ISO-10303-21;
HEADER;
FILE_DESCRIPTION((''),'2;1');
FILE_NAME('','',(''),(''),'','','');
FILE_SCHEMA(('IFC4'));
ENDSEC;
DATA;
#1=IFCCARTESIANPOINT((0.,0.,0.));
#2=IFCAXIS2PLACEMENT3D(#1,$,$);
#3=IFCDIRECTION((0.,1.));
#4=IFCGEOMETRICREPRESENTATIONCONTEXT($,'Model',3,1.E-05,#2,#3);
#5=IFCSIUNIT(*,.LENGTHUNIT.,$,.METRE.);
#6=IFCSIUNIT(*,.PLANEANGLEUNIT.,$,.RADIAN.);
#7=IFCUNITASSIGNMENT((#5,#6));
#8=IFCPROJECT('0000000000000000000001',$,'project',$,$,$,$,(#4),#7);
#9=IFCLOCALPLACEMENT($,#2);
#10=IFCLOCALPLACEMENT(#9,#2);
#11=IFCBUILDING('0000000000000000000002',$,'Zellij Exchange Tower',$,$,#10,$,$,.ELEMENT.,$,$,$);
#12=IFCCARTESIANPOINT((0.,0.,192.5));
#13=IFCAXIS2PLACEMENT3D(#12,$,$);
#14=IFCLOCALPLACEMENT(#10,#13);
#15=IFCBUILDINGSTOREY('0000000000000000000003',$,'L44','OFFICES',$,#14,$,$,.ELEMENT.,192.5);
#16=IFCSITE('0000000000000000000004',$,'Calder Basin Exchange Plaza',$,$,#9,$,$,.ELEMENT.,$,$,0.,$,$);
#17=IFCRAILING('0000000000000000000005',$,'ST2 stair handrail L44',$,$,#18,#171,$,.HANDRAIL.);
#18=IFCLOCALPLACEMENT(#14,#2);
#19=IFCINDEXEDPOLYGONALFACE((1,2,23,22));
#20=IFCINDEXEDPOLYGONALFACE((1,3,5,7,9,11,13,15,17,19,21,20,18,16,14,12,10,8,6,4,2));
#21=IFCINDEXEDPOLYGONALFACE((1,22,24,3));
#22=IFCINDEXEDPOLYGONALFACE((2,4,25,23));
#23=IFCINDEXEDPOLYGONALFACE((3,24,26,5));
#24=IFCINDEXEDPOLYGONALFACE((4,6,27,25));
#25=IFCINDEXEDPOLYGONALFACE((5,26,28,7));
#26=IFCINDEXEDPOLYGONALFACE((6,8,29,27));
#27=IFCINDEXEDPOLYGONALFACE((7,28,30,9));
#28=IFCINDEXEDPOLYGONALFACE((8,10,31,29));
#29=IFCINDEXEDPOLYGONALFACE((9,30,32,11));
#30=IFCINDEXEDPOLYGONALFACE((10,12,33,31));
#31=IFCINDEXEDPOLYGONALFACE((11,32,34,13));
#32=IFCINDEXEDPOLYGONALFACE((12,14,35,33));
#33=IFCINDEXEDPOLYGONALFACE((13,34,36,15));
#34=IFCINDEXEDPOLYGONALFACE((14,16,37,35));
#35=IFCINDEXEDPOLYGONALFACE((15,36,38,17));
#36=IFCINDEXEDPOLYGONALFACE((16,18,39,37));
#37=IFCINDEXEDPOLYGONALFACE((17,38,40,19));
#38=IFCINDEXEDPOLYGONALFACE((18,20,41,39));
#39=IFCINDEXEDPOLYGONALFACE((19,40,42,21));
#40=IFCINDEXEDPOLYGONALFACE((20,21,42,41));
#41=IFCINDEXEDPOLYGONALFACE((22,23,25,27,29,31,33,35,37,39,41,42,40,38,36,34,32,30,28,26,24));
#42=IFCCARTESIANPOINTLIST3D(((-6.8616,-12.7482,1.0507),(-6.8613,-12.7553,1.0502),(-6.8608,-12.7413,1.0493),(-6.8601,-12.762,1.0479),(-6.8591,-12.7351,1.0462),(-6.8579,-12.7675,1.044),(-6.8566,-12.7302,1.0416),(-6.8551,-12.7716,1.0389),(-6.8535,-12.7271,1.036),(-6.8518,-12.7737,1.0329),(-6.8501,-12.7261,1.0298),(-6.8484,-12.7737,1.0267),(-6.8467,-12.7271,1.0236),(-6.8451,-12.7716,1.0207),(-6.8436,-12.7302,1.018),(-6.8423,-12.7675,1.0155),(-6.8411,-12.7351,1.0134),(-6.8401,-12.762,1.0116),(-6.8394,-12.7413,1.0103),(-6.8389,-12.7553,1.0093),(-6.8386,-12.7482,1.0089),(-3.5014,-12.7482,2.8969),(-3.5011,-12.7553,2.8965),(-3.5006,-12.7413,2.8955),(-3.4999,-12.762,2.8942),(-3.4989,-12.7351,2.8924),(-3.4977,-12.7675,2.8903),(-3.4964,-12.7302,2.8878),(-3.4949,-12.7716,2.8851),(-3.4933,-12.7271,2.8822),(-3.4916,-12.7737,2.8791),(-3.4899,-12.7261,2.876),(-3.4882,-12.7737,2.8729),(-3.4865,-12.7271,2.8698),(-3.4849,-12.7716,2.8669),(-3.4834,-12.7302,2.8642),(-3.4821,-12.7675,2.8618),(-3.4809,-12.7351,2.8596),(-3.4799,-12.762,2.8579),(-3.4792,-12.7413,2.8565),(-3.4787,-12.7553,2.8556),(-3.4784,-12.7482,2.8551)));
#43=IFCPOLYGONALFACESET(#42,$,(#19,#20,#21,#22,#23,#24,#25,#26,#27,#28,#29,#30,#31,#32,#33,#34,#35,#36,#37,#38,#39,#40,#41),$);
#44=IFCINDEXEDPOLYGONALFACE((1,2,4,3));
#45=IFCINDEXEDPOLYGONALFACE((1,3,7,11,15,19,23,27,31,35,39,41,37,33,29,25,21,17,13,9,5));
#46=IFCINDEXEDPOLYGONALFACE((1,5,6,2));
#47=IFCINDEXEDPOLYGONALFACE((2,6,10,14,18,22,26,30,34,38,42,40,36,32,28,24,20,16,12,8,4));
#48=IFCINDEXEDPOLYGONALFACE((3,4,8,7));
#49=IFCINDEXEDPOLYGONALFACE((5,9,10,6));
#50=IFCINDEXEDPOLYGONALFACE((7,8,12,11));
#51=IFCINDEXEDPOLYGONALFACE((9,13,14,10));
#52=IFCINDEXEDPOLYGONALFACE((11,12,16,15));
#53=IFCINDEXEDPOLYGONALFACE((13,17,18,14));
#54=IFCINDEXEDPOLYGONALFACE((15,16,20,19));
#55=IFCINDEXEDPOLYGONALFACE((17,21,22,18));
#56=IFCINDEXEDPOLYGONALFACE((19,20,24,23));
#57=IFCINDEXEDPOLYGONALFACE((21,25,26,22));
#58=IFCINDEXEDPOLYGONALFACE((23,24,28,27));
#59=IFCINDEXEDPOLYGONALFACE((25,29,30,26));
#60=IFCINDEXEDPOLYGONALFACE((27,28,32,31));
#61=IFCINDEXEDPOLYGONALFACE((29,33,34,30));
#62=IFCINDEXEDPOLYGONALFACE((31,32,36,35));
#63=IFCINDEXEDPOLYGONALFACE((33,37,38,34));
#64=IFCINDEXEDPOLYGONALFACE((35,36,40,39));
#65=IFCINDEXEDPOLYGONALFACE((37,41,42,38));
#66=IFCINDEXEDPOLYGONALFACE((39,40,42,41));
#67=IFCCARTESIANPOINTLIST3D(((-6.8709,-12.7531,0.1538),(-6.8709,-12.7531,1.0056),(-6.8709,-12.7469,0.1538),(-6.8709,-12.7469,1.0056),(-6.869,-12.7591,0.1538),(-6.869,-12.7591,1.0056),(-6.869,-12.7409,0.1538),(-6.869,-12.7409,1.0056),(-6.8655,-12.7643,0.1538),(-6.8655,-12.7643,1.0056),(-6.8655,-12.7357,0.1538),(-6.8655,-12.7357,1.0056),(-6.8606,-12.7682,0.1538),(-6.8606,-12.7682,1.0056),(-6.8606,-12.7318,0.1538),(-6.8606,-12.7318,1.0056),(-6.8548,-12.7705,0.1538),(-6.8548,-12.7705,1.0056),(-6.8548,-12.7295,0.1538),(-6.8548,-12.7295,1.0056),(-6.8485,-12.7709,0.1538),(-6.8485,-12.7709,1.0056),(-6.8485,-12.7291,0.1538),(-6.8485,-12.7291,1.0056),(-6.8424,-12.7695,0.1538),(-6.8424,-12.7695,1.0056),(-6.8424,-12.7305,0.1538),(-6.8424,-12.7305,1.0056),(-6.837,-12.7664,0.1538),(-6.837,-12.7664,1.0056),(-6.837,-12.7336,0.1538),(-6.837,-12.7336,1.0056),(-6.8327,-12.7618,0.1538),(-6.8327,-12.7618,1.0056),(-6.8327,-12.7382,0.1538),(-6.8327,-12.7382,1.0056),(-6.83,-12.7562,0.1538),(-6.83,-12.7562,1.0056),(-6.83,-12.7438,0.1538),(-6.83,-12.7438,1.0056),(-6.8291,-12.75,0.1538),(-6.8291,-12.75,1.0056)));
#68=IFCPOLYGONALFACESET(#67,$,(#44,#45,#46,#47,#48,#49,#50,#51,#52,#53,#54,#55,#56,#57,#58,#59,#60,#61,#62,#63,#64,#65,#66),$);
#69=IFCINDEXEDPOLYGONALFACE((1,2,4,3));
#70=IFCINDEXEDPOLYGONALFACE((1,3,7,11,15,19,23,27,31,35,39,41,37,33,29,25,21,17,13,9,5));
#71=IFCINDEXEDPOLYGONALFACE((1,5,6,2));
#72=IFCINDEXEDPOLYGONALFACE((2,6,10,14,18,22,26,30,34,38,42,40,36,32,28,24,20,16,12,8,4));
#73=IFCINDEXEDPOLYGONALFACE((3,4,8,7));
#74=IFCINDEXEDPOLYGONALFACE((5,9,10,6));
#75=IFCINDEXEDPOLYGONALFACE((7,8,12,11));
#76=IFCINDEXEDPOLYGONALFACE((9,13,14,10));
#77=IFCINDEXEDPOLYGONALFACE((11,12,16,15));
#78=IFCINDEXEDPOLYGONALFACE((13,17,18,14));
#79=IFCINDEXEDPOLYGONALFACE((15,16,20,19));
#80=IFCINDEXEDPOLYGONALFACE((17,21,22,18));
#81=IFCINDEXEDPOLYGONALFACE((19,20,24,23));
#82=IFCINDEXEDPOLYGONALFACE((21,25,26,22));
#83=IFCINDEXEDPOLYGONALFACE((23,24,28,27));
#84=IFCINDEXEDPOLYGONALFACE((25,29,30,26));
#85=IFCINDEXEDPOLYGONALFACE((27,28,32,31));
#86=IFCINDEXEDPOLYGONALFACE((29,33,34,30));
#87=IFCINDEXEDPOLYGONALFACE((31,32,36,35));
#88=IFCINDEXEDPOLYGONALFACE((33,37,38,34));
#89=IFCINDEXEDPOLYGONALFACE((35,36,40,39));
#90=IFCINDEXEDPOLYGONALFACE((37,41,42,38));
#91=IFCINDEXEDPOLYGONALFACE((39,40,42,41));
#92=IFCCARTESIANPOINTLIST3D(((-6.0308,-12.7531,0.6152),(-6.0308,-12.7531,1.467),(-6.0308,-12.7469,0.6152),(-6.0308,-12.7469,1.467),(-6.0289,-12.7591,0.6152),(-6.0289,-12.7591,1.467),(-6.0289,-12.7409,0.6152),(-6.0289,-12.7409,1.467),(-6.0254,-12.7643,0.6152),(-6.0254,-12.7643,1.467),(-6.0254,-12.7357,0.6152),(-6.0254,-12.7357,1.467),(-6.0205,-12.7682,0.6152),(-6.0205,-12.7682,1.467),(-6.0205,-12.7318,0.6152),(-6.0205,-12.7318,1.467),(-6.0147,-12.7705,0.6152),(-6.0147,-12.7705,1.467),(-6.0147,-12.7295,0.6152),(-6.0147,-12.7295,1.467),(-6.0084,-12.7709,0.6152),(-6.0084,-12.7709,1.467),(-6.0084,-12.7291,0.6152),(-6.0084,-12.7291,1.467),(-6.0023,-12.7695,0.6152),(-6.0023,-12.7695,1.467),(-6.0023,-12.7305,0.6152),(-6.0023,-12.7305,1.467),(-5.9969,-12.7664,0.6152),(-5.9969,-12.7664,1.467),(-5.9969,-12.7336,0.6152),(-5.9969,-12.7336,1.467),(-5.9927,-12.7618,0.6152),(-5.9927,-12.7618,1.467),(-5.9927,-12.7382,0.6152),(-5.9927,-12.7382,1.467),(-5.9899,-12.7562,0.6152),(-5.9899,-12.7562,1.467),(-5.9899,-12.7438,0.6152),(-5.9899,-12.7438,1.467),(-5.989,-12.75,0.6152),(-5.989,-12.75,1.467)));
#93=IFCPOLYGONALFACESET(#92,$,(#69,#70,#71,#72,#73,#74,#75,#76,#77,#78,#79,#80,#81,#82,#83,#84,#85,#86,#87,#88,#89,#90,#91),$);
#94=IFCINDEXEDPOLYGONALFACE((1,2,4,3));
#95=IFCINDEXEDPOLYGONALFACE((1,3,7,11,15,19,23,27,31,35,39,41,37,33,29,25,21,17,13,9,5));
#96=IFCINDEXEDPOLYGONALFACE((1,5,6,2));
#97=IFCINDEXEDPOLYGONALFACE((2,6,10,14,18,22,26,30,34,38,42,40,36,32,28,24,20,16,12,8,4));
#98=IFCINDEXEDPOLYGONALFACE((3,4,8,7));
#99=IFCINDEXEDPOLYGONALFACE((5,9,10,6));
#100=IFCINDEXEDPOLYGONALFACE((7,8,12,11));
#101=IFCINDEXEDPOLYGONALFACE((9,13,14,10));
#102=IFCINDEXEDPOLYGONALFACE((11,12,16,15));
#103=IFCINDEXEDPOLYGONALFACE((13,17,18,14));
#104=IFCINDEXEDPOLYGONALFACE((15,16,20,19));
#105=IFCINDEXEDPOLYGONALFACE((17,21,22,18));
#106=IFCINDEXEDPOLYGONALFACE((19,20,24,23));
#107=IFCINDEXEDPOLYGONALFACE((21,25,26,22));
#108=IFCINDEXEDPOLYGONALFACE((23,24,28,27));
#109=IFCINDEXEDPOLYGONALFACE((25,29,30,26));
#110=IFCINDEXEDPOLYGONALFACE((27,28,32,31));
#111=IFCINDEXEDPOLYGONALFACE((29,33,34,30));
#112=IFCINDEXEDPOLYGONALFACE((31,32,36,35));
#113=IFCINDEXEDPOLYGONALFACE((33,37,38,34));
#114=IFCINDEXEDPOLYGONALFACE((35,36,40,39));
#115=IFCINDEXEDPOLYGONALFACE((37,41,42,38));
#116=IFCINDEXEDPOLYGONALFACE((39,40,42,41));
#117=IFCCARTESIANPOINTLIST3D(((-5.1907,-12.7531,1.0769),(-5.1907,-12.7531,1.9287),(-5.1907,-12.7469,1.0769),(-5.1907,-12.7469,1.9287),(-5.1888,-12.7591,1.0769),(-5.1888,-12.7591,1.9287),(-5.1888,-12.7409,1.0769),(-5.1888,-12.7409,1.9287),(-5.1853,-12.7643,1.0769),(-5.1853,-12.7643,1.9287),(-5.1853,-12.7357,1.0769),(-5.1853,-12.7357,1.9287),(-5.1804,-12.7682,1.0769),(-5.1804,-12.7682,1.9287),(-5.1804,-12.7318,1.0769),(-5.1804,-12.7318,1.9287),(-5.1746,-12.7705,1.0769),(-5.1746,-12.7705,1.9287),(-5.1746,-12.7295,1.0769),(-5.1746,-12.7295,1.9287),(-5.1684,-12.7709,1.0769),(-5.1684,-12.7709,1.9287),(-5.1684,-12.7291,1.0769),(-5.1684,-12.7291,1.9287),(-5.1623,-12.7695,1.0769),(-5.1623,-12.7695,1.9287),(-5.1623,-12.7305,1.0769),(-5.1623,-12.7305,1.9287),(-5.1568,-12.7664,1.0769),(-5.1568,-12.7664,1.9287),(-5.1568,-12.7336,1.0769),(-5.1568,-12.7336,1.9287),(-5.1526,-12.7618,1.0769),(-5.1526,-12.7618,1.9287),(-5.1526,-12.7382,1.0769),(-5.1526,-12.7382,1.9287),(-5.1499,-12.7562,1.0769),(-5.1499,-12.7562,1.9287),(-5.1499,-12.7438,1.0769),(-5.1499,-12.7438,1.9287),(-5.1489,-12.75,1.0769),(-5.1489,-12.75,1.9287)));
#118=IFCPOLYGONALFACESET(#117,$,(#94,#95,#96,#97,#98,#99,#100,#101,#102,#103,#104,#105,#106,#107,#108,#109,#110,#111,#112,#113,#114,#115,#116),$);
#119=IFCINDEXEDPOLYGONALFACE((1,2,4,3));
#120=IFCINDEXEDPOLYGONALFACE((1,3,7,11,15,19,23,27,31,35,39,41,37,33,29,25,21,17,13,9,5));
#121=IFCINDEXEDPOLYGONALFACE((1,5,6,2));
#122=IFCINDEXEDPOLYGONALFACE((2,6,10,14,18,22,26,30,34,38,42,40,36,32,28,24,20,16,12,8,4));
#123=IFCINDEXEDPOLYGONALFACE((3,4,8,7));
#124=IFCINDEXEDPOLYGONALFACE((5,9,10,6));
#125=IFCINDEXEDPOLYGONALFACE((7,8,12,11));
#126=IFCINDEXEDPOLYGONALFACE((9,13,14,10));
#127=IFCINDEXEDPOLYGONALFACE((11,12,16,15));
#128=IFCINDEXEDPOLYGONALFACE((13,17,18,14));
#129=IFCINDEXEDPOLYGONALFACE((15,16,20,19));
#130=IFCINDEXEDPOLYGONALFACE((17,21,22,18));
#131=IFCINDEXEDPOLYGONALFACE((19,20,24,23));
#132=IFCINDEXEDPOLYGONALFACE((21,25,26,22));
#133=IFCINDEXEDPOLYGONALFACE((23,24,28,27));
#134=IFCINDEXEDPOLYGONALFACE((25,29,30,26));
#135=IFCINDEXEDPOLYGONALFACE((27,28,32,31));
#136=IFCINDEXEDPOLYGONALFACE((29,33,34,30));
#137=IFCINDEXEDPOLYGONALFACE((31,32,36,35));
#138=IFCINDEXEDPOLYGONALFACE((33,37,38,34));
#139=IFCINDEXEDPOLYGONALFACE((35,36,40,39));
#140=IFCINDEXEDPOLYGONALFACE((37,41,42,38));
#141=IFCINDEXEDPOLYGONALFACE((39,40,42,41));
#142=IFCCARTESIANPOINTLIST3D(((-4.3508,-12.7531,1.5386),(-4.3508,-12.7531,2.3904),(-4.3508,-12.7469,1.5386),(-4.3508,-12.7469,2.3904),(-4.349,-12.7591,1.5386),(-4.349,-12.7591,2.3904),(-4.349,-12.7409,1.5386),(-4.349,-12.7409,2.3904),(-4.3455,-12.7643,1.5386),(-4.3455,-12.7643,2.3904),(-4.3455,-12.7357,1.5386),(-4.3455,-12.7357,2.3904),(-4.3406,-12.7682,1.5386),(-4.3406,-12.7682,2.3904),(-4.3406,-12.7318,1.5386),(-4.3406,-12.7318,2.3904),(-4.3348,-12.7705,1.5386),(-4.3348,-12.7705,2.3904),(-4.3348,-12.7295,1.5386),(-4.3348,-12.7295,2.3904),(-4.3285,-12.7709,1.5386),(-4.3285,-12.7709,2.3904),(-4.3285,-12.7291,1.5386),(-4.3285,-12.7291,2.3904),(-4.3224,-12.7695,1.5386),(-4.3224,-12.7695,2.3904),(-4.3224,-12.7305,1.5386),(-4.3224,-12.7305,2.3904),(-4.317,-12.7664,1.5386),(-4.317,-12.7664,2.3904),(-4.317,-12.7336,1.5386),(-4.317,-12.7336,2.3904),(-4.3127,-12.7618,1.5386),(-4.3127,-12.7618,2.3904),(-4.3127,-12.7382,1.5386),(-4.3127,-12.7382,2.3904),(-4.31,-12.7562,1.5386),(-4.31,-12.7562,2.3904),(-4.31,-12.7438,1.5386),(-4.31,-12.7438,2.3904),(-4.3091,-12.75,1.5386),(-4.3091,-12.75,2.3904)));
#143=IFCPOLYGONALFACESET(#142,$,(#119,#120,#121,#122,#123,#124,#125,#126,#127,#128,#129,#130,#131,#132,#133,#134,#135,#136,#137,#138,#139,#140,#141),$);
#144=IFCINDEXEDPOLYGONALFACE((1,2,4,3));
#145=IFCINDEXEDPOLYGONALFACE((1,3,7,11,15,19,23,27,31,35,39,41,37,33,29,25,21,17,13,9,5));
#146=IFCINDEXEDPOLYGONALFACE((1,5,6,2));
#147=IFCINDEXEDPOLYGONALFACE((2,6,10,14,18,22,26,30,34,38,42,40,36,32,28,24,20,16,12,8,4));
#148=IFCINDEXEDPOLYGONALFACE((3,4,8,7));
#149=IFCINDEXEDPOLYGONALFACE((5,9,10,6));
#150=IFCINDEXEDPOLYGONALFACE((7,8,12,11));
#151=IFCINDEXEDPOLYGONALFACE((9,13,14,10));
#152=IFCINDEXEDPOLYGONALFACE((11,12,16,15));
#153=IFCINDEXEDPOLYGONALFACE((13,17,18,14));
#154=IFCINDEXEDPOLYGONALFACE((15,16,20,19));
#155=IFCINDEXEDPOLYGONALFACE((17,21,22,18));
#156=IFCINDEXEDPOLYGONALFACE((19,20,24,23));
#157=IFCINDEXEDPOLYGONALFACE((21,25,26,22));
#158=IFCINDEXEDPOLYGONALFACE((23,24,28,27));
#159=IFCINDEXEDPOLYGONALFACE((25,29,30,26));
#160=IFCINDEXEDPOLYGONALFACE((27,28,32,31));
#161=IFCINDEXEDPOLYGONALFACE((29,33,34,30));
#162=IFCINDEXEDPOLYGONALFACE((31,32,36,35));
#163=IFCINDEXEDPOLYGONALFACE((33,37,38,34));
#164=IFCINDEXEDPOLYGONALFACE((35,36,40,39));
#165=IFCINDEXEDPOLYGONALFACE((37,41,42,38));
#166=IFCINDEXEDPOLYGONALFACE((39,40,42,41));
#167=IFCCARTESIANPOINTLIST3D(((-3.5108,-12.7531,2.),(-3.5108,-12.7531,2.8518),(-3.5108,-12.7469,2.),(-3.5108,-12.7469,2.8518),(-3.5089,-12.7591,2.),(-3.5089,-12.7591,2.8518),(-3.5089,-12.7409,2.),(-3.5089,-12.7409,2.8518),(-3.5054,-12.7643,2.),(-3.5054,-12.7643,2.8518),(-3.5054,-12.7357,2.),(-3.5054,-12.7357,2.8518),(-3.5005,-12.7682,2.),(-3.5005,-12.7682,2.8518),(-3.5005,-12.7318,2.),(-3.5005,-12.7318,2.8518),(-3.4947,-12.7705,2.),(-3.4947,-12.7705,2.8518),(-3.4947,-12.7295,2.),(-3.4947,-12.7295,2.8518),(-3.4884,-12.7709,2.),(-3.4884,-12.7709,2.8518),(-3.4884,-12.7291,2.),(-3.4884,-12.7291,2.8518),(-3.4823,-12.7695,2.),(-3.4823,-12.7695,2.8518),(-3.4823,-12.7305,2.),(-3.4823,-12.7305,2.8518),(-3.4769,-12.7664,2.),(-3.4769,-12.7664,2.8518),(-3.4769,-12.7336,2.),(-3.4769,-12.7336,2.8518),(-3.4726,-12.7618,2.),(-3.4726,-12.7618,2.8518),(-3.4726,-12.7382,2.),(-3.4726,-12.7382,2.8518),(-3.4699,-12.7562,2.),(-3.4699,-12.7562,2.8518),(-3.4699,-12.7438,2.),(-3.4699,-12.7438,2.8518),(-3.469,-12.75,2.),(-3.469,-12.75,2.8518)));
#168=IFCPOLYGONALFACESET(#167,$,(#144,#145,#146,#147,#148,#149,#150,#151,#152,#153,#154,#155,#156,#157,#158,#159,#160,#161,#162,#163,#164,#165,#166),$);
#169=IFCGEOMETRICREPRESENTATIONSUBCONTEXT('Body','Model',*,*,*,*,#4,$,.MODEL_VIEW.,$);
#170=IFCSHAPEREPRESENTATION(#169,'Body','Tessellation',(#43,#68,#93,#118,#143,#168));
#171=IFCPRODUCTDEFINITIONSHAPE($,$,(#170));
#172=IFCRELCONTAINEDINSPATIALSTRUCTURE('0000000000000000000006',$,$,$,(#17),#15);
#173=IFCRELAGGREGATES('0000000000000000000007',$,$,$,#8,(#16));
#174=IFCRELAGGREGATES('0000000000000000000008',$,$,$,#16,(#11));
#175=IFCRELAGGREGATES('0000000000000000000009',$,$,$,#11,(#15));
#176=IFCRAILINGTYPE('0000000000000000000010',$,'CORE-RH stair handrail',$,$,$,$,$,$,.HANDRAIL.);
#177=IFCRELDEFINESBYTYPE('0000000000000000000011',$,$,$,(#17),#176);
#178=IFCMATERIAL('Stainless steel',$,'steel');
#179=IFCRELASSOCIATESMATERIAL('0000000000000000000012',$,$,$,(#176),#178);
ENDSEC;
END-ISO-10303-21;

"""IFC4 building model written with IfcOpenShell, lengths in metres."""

from ifc_helpers import new_model, si_unit, direction, frame, origin, origin_2d, place, context, subcontext, project, spatial, circle, extrude, material, type_object, element, save


model = new_model("IFC4")

# Units and contexts
model_context = context("Model", 3, precision=1e-05, world=origin(), true_north=direction((0.0, 1.0)))
body_context = subcontext(model_context, "Body", "Model", "MODEL_VIEW")
ifc_project = project(units=[si_unit("LENGTHUNIT", "METRE"), si_unit("PLANEANGLEUNIT", "RADIAN")], contexts=[model_context])

# Site, building, storey
site_placement = place(None, origin())
site = spatial("IfcSite", under=ifc_project, at=site_placement, Name="Calder Basin Exchange Plaza", CompositionType="ELEMENT", RefElevation=0.0)
building_placement = place(site_placement, origin())
building = spatial("IfcBuilding", under=site, at=building_placement, Name="Zellij Exchange Tower", CompositionType="ELEMENT")
storey_placement = place(building_placement, frame((0.0, 0.0, 192.5)))
storey = spatial("IfcBuildingStorey", under=building, at=storey_placement, Name="L44", Description="OFFICES", CompositionType="ELEMENT", Elevation=192.5)

# Railing
ifc_material_1 = material(Name="Stainless steel", Category="steel")
railing_type_1 = type_object("IfcRailingType", Name="CORE-RH stair handrail", PredefinedType="HANDRAIL", material=ifc_material_1)
railing_1_placement = place(storey_placement, frame((-6.8501, -12.75, 0.1538)))
element("IfcRailing", 1, at=railing_1_placement, inside=storey, type_object=railing_type_1, Name="ST2 stair handrail L44", PredefinedType="HANDRAIL", context=body_context, shape_type="SweptSolid", body=[
    extrude(circle(Radius=0.0239, at=origin_2d()), frame((0.0, 0.0, 0.876), z_axis=(0.876422, 0.0, 0.481545), x_axis=(0.0, 1.0, 0.0)), (0.0, 0.0, 1.0), 3.834),
    extrude(circle(Radius=0.021, at=origin_2d()), origin(), (0.0, 0.0, 1.0), 0.8518),
    extrude(circle(Radius=0.021, at=origin_2d()), frame((0.8401, 0.0, 0.4614)), (0.0, 0.0, 1.0), 0.8518),
    extrude(circle(Radius=0.021, at=origin_2d()), frame((1.6802, 0.0, 0.9231)), (0.0, 0.0, 1.0), 0.8518),
    extrude(circle(Radius=0.021, at=origin_2d()), frame((2.52, 0.0, 1.3848)), (0.0, 0.0, 1.0), 0.8518),
    extrude(circle(Radius=0.021, at=origin_2d()), frame((3.3601, 0.0, 1.8462)), (0.0, 0.0, 1.0), 0.8518),
])

save(model, "model.ifc")
